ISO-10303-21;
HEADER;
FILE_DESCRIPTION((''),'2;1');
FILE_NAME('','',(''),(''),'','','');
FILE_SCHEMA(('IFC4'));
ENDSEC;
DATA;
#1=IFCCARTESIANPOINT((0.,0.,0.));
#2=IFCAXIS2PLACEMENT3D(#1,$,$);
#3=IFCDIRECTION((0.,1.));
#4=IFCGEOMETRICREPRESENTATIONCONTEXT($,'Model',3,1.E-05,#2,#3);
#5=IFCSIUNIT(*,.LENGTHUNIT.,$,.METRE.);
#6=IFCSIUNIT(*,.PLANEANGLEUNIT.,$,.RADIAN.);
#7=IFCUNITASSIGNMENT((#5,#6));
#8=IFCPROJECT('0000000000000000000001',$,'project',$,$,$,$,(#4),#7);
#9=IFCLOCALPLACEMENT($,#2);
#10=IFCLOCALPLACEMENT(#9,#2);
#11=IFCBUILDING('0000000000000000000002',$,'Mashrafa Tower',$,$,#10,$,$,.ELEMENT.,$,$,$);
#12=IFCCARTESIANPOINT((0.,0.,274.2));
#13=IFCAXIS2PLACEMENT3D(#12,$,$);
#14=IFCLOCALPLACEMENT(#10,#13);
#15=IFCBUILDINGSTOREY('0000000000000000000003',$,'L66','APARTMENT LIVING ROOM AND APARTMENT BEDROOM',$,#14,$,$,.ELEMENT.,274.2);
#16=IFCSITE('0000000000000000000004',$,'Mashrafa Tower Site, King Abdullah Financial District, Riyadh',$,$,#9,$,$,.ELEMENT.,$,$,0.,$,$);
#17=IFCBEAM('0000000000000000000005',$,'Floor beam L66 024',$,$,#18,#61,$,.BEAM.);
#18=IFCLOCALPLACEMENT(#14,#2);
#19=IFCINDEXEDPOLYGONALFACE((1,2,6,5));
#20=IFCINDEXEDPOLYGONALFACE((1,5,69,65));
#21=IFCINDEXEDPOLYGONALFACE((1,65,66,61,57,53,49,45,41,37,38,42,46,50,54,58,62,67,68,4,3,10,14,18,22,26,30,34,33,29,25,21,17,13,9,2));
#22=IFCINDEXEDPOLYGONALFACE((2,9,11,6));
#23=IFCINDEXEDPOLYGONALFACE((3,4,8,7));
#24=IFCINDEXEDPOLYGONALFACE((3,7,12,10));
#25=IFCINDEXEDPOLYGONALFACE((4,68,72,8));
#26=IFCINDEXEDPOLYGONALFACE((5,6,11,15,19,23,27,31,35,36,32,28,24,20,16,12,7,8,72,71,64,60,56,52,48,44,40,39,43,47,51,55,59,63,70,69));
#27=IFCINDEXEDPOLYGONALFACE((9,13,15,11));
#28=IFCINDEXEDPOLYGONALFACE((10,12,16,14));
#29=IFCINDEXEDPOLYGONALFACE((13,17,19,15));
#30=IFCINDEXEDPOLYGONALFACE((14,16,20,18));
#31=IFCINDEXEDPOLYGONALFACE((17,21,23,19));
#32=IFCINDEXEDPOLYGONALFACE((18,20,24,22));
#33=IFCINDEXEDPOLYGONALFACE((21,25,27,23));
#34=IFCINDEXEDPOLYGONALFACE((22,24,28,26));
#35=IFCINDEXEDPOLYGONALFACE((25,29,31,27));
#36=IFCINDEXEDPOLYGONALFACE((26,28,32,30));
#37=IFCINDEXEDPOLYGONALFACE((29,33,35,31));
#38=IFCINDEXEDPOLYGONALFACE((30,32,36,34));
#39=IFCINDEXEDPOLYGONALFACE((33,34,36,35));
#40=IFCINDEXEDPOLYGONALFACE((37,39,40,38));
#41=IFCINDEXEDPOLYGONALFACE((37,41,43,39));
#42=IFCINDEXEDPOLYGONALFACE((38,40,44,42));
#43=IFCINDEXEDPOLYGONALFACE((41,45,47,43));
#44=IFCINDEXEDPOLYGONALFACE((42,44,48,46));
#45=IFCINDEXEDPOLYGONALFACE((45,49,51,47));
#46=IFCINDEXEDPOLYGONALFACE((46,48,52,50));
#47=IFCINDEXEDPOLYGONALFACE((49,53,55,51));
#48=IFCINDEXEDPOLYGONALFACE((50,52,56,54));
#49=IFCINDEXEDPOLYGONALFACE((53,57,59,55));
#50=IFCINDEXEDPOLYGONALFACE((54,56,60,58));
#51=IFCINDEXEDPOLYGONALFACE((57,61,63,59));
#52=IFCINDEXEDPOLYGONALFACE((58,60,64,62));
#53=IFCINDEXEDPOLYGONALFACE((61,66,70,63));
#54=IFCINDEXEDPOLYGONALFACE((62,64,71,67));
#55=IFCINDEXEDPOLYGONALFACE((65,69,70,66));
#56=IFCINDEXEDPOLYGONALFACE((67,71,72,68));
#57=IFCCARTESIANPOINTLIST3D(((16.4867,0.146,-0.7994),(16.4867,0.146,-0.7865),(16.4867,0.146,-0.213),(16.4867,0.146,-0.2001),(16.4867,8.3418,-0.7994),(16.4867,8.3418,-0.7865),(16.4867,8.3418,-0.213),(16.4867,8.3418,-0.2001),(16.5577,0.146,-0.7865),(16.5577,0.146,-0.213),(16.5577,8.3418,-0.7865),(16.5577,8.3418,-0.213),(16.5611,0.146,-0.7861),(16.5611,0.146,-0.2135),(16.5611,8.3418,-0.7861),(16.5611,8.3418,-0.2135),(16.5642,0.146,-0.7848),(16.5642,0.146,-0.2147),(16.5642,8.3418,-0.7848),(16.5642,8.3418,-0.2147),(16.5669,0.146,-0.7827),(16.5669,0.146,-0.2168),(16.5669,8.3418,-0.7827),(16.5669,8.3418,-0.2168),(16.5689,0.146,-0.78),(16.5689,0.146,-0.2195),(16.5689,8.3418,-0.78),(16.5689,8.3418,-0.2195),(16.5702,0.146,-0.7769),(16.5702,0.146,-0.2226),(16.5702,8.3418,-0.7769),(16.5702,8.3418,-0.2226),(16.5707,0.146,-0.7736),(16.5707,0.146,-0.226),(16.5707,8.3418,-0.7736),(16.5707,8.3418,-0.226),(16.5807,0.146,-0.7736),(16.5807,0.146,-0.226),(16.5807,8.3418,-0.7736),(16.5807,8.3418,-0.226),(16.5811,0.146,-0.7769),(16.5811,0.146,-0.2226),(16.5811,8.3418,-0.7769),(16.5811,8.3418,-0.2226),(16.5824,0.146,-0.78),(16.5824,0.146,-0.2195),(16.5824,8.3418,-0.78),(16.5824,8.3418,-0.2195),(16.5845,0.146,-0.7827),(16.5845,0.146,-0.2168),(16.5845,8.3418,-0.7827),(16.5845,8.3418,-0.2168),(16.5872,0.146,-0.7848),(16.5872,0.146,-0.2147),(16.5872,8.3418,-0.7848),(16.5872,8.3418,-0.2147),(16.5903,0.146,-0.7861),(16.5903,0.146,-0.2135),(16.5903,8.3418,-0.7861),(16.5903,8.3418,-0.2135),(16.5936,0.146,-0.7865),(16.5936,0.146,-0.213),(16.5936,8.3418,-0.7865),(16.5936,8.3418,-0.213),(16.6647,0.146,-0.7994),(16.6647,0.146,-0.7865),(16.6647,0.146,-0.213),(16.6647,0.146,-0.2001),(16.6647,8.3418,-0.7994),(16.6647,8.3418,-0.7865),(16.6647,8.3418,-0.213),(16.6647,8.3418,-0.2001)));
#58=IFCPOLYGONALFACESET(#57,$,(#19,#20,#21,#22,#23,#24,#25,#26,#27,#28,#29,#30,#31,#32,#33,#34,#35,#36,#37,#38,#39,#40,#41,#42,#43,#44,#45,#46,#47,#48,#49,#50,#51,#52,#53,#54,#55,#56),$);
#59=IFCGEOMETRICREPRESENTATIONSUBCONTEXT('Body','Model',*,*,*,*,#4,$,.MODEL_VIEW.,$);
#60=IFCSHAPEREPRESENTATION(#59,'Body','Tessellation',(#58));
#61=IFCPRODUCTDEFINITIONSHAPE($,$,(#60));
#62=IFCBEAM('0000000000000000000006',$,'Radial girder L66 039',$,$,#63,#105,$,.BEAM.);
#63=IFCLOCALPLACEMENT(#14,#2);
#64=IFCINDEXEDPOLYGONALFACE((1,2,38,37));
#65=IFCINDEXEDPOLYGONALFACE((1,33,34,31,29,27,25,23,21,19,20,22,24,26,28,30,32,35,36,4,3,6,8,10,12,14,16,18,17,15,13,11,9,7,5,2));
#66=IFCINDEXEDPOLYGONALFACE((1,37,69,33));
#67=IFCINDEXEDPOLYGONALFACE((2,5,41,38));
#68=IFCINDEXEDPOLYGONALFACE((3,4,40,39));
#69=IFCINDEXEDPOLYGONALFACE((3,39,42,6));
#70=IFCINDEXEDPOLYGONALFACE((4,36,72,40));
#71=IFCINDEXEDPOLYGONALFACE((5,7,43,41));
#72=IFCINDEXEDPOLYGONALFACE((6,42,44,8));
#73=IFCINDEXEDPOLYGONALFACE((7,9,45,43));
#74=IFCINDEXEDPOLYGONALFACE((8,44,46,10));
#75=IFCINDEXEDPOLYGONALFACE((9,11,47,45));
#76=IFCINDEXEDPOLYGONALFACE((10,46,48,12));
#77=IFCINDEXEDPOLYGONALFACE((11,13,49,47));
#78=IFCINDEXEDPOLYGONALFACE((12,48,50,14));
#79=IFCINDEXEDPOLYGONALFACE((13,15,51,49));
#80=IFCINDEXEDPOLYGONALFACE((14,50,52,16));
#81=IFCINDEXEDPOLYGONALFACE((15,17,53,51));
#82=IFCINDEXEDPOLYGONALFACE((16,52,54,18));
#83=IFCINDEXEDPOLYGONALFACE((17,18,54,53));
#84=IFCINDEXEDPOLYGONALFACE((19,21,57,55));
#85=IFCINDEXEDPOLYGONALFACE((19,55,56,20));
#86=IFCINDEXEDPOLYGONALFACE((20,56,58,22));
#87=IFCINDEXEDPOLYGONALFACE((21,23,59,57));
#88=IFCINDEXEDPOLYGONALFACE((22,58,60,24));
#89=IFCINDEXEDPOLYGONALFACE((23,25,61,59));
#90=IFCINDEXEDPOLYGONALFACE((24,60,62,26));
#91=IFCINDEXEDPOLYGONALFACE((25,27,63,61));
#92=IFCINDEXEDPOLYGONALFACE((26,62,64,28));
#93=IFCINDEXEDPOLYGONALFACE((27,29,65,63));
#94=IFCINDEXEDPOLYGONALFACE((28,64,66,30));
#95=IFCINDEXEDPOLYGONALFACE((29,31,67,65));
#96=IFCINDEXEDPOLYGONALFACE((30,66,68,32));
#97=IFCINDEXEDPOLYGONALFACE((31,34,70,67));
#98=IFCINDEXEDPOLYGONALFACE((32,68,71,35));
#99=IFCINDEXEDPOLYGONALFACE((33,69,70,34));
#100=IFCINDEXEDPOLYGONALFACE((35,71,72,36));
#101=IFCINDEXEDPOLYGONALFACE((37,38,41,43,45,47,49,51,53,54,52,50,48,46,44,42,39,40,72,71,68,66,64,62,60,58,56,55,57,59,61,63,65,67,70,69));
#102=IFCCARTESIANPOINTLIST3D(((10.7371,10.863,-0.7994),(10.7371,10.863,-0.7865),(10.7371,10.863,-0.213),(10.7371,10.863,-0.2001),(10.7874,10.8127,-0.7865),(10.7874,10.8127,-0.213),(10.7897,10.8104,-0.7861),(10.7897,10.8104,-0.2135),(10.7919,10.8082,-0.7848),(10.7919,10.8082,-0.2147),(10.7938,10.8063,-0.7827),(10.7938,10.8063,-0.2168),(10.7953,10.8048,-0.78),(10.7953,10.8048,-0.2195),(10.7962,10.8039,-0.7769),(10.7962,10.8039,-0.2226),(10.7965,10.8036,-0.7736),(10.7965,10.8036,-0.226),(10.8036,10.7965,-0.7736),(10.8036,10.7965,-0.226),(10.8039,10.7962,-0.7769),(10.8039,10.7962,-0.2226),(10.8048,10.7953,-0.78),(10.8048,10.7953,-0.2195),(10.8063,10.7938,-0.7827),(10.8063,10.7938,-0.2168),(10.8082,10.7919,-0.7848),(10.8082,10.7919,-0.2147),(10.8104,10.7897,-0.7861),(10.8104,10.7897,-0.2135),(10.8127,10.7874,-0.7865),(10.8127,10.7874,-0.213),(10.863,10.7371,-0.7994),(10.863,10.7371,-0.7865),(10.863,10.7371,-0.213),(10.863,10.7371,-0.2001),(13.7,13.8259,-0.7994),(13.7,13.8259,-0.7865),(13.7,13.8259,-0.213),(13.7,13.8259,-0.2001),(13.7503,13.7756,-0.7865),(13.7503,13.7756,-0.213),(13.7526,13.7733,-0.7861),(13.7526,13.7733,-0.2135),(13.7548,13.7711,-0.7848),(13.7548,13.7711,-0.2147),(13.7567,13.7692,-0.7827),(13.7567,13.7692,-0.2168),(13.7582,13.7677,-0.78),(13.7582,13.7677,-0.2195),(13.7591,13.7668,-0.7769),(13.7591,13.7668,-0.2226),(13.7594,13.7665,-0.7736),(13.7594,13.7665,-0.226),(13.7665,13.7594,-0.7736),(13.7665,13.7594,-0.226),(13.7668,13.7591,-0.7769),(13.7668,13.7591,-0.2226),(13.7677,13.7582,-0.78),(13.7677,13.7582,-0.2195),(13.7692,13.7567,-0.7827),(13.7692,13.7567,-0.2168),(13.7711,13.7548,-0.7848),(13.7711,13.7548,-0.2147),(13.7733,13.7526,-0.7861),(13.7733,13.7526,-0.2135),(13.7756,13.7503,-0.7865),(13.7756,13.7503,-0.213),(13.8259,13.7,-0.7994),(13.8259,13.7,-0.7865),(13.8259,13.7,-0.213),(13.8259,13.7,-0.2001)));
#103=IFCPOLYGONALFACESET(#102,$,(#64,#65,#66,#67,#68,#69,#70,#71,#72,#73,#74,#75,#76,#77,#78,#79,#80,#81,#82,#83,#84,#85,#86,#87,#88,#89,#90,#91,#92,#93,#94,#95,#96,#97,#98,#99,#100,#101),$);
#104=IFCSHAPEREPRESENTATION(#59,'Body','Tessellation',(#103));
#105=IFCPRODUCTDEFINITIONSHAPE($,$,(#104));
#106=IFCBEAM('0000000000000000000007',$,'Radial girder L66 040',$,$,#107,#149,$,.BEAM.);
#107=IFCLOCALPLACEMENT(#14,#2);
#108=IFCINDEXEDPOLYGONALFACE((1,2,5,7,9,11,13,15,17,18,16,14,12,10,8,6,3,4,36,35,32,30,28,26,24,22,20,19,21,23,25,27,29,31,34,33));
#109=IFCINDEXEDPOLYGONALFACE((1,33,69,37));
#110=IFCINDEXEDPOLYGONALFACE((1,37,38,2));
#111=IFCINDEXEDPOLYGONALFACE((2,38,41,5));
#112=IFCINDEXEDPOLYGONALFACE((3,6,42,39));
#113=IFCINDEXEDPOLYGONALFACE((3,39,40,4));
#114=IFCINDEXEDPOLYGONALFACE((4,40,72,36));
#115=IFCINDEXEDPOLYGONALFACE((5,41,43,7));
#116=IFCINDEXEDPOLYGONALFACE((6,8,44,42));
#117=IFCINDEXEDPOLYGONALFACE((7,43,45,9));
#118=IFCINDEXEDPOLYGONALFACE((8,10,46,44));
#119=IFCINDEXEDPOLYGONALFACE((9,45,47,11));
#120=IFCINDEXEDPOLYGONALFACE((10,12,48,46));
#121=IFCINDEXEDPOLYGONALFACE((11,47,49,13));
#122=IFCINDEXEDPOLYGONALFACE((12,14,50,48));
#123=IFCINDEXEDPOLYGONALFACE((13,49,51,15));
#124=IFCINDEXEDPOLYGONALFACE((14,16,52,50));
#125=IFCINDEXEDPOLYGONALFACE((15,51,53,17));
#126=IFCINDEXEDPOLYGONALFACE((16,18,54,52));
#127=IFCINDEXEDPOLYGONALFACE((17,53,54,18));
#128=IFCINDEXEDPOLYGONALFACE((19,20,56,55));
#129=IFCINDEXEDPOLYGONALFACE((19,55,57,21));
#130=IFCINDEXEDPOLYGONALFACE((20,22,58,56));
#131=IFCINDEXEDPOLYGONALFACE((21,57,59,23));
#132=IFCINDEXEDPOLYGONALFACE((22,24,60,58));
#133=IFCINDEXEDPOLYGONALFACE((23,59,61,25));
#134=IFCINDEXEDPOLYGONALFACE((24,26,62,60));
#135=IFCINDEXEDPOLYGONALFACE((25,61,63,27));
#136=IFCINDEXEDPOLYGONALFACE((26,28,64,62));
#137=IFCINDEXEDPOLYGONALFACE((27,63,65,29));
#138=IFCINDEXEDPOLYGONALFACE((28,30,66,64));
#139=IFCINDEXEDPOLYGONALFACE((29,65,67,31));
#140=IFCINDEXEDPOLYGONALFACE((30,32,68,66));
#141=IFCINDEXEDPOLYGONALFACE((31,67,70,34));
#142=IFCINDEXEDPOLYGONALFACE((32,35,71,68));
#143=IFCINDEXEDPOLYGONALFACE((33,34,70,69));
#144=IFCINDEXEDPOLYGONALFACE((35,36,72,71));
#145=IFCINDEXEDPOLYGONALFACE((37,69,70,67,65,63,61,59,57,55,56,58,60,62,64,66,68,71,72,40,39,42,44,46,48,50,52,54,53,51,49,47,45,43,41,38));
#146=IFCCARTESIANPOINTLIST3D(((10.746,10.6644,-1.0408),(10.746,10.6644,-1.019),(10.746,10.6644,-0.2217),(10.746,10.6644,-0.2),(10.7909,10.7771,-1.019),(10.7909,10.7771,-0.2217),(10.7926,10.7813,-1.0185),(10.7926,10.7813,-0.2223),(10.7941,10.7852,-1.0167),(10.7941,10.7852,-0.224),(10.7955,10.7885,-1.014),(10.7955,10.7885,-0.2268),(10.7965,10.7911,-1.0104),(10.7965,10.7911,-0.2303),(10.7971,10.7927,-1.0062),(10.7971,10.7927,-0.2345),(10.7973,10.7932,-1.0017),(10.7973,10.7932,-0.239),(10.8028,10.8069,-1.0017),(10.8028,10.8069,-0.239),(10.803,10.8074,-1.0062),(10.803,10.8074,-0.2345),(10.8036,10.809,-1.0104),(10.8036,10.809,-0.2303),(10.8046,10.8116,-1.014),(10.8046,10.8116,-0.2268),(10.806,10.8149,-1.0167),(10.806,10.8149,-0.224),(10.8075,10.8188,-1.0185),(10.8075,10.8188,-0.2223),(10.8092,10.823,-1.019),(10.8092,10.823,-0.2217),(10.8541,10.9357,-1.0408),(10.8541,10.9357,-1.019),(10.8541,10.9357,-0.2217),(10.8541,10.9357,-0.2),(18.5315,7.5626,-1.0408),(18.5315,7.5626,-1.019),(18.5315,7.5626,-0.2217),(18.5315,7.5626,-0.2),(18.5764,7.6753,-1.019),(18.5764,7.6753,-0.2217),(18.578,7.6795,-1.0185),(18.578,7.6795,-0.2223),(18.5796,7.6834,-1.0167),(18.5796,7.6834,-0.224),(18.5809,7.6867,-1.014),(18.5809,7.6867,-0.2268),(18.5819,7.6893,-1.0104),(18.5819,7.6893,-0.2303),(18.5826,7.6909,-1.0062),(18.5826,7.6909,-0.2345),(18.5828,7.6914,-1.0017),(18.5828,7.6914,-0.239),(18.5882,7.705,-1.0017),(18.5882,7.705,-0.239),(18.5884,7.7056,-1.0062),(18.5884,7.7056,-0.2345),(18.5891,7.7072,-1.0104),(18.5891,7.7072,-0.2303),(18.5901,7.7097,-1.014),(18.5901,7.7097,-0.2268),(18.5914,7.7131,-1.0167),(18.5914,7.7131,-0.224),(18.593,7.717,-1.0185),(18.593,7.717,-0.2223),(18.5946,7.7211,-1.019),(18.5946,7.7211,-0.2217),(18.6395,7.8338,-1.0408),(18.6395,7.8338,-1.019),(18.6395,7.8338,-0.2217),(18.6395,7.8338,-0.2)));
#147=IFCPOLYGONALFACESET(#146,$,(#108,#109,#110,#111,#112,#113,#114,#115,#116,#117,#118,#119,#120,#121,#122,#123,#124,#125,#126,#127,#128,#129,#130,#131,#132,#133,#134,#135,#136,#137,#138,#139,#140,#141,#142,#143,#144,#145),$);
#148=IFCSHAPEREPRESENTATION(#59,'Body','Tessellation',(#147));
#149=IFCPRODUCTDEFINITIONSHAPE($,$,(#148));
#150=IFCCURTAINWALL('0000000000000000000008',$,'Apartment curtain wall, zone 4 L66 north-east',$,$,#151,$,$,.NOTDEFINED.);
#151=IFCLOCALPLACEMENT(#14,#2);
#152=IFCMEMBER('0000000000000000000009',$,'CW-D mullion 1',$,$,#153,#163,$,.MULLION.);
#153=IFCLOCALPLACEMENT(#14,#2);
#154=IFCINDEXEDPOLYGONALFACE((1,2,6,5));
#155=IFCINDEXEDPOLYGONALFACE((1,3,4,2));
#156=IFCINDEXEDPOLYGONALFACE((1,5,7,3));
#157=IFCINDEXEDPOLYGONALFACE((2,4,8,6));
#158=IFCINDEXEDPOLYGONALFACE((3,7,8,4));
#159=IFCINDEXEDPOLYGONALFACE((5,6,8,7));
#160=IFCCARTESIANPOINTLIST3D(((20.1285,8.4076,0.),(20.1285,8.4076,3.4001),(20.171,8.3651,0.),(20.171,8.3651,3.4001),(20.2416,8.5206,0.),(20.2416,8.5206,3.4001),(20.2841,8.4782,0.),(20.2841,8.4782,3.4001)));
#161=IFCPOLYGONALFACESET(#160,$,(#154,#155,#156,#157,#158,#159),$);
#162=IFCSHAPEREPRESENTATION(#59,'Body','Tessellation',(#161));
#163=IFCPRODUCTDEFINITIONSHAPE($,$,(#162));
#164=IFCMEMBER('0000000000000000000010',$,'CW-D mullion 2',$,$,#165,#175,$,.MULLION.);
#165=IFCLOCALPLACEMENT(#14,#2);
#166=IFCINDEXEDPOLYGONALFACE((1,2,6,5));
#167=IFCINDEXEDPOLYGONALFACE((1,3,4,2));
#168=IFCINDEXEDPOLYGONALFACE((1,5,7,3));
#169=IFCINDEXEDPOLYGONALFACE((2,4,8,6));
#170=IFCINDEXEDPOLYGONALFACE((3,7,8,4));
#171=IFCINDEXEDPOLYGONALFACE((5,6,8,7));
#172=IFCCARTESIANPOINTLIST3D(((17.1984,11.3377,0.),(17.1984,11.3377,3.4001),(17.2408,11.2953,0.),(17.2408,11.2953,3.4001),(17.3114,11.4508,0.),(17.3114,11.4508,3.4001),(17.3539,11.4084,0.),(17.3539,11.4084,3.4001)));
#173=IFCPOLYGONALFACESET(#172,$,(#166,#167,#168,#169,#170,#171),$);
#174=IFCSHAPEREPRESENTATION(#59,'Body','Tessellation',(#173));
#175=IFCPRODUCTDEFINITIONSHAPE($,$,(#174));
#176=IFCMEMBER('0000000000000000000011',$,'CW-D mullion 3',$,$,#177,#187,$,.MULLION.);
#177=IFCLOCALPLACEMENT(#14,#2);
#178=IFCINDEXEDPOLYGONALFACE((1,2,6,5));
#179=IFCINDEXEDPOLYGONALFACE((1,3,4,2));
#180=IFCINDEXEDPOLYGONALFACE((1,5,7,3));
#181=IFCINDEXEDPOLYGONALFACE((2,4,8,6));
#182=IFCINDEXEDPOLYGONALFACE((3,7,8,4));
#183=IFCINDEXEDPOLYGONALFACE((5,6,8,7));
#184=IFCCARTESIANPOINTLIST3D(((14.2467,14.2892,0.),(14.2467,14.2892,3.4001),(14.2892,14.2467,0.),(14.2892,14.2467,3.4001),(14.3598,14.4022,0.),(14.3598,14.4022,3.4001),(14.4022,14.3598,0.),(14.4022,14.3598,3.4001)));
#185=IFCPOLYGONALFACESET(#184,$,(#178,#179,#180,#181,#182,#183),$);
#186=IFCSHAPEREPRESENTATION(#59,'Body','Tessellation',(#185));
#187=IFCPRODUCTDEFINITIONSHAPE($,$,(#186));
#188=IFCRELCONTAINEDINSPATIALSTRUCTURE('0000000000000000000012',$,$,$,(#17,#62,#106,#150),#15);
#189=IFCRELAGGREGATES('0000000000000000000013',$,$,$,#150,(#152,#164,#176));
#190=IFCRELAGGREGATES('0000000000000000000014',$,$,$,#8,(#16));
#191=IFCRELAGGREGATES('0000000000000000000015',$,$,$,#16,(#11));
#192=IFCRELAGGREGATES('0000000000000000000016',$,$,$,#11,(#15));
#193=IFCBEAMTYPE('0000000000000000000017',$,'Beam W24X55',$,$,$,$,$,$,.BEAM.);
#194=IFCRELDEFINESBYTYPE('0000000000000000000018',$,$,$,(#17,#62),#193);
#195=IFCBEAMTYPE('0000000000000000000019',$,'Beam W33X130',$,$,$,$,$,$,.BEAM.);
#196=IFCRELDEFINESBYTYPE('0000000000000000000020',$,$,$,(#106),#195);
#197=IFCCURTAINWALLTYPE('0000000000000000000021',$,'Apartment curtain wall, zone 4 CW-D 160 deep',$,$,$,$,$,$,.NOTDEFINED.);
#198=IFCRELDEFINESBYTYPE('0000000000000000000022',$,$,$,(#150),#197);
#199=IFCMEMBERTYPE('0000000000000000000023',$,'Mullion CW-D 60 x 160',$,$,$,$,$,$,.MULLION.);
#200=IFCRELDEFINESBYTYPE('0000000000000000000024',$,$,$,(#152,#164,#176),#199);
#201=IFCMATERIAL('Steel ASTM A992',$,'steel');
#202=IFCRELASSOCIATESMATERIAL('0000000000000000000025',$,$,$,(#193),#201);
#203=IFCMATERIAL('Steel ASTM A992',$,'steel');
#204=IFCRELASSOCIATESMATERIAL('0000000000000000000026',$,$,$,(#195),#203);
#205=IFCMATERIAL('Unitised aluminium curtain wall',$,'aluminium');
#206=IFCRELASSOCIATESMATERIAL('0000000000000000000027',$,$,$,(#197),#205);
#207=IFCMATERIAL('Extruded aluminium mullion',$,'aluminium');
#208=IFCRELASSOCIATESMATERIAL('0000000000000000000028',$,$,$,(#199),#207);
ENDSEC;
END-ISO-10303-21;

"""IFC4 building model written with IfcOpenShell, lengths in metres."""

from ifc_helpers import new_model, si_unit, direction, frame, origin, origin_2d, place, context, subcontext, project, spatial, rectangle, i_section, extrude, source, transform, mapped, material, material_profile, profile_set, type_object, type_shapes, element, aggregate, save


model = new_model("IFC4")

# Units and contexts
model_context = context("Model", 3, precision=1e-05, world=origin(), true_north=direction((0.0, 1.0)))
body_context = subcontext(model_context, "Body", "Model", "MODEL_VIEW")
ifc_project = project(units=[si_unit("LENGTHUNIT", "METRE"), si_unit("PLANEANGLEUNIT", "RADIAN")], contexts=[model_context])

# Site, building, storey
site_placement = place(None, origin())
site = spatial("IfcSite", under=ifc_project, at=site_placement, Name="Mashrafa Tower Site, King Abdullah Financial District, Riyadh", CompositionType="ELEMENT", RefElevation=0.0)
building_placement = place(site_placement, origin())
building = spatial("IfcBuilding", under=site, at=building_placement, Name="Mashrafa Tower", CompositionType="ELEMENT")
storey_placement = place(building_placement, frame((0.0, 0.0, 274.2)))
storey = spatial("IfcBuildingStorey", under=building, at=storey_placement, Name="L66", Description="APARTMENT LIVING ROOM AND APARTMENT BEDROOM", CompositionType="ELEMENT", Elevation=274.2)

# Beams
ifc_material_1 = material(Name="Steel ASTM A992", Category="steel")
ifc_material_profile_1 = material_profile(ifc_material_1, i_section(OverallWidth=0.178, OverallDepth=0.5994, WebThickness=0.01, FlangeThickness=0.0129, FilletRadius=0.0129, at=origin_2d()), Name="W24X55")
ifc_profile_set_1 = profile_set([ifc_material_profile_1], Name="Steel ASTM A992")
beam_type_1 = type_object("IfcBeamType", Name="Beam W24X55", PredefinedType="BEAM", material=ifc_profile_set_1)
beam_1_placement = place(storey_placement, frame((16.5757, 8.3418, -0.4998), z_axis=(0.0, -1.0, 0.0), x_axis=(1.0, 0.0, 0.0)))
element("IfcBeam", 1, at=beam_1_placement, inside=storey, type_object=beam_type_1, Name="Floor beam L66 024", PredefinedType="BEAM", context=body_context, shape_type="SweptSolid", body=[
    extrude(i_section(OverallWidth=0.178, OverallDepth=0.5994, WebThickness=0.01, FlangeThickness=0.0129, FilletRadius=0.0129, at=origin_2d()), origin(), (0.0, 0.0, 1.0), 8.1958),
])
beam_2_placement = place(storey_placement, frame((10.8, 10.8, -0.4998), z_axis=(0.707107, 0.707107, 0.0), x_axis=(-0.707107, 0.707107, 0.0)))
element("IfcBeam", 2, at=beam_2_placement, inside=storey, type_object=beam_type_1, Name="Radial girder L66 039", PredefinedType="BEAM", context=body_context, shape_type="SweptSolid", body=[
    extrude(i_section(OverallWidth=0.178, OverallDepth=0.5994, WebThickness=0.01, FlangeThickness=0.0129, FilletRadius=0.0129, at=origin_2d()), origin(), (0.0, 0.0, 1.0), 4.1902),
])
ifc_material_2 = material(Name="Steel ASTM A992", Category="steel")
ifc_material_profile_2 = material_profile(ifc_material_2, i_section(OverallWidth=0.292, OverallDepth=0.8408, WebThickness=0.0146, FlangeThickness=0.0217, FilletRadius=0.0173, at=origin_2d()), Name="W33X130")
ifc_profile_set_2 = profile_set([ifc_material_profile_2], Name="Steel ASTM A992")
beam_type_2 = type_object("IfcBeamType", Name="Beam W33X130", PredefinedType="BEAM", material=ifc_profile_set_2)
beam_3_placement = place(storey_placement, frame((10.8, 10.8, -0.6204), z_axis=(0.928984, -0.37012, 0.0), x_axis=(0.37012, 0.928984, 0.0)))
element("IfcBeam", 3, at=beam_3_placement, inside=storey, type_object=beam_type_2, Name="Radial girder L66 040", PredefinedType="BEAM", context=body_context, shape_type="SweptSolid", body=[
    extrude(i_section(OverallWidth=0.292, OverallDepth=0.8408, WebThickness=0.0146, FlangeThickness=0.0217, FilletRadius=0.0173, at=origin_2d()), origin(), (0.0, 0.0, 1.0), 8.3806),
])

# Curtain wall, members
ifc_material_3 = material(Name="Unitised aluminium curtain wall", Category="aluminium")
curtain_wall_type = type_object("IfcCurtainWallType", Name="Apartment curtain wall, zone 4 CW-D 160 deep", PredefinedType="NOTDEFINED", material=ifc_material_3)
curtain_wall_placement = place(storey_placement, origin())
curtain_wall = element("IfcCurtainWall", 4, at=curtain_wall_placement, inside=storey, type_object=curtain_wall_type, Name="Apartment curtain wall, zone 4 L66 north-east", PredefinedType="NOTDEFINED")
ifc_material_4 = material(Name="Extruded aluminium mullion", Category="aluminium")
ifc_material_profile_3 = material_profile(ifc_material_4, rectangle(XDim=0.1599, YDim=0.0601, at=origin_2d()), Name="Mullion 60x160")
ifc_profile_set_3 = profile_set([ifc_material_profile_3], Name="Extruded aluminium mullion")
member_type_1 = type_object("IfcMemberType", Name="Mullion CW-D 60 x 160", PredefinedType="MULLION", material=ifc_profile_set_3)
shared_shape_1 = source(origin(), body_context, "Body", "SweptSolid", [
    extrude(rectangle(XDim=0.1599, YDim=0.0601, at=origin_2d()), origin(), (0.0, 0.0, 1.0), 3.4001),
])
type_shapes(member_type_1, [shared_shape_1])
member_1_placement = place(storey_placement, frame((20.2063, 8.4429, 0.0), z_axis=(0.0, 0.0, 1.0), x_axis=(-0.707107, -0.707107, 0.0)))
member_1 = element("IfcMember", 5, at=member_1_placement, type_object=member_type_1, Name="CW-D mullion 1", PredefinedType="MULLION", context=body_context, shape_type="MappedRepresentation", body=[
    mapped(shared_shape_1, transform((0.0, 0.0, 0.0))),
])
member_2_placement = place(storey_placement, frame((17.2761, 11.373, 0.0), z_axis=(0.0, 0.0, 1.0), x_axis=(-0.707107, -0.707107, 0.0)))
member_2 = element("IfcMember", 6, at=member_2_placement, type_object=member_type_1, Name="CW-D mullion 2", PredefinedType="MULLION", context=body_context, shape_type="MappedRepresentation", body=[
    mapped(shared_shape_1, transform((0.0, 0.0, 0.0))),
])
member_3_placement = place(storey_placement, frame((14.3245, 14.3245, 0.0), z_axis=(0.0, 0.0, 1.0), x_axis=(-0.707107, -0.707107, 0.0)))
member_3 = element("IfcMember", 7, at=member_3_placement, type_object=member_type_1, Name="CW-D mullion 3", PredefinedType="MULLION", context=body_context, shape_type="MappedRepresentation", body=[
    mapped(shared_shape_1, transform((0.0, 0.0, 0.0))),
])
aggregate(curtain_wall, [member_1, member_2, member_3])

save(model, "model.ifc")
